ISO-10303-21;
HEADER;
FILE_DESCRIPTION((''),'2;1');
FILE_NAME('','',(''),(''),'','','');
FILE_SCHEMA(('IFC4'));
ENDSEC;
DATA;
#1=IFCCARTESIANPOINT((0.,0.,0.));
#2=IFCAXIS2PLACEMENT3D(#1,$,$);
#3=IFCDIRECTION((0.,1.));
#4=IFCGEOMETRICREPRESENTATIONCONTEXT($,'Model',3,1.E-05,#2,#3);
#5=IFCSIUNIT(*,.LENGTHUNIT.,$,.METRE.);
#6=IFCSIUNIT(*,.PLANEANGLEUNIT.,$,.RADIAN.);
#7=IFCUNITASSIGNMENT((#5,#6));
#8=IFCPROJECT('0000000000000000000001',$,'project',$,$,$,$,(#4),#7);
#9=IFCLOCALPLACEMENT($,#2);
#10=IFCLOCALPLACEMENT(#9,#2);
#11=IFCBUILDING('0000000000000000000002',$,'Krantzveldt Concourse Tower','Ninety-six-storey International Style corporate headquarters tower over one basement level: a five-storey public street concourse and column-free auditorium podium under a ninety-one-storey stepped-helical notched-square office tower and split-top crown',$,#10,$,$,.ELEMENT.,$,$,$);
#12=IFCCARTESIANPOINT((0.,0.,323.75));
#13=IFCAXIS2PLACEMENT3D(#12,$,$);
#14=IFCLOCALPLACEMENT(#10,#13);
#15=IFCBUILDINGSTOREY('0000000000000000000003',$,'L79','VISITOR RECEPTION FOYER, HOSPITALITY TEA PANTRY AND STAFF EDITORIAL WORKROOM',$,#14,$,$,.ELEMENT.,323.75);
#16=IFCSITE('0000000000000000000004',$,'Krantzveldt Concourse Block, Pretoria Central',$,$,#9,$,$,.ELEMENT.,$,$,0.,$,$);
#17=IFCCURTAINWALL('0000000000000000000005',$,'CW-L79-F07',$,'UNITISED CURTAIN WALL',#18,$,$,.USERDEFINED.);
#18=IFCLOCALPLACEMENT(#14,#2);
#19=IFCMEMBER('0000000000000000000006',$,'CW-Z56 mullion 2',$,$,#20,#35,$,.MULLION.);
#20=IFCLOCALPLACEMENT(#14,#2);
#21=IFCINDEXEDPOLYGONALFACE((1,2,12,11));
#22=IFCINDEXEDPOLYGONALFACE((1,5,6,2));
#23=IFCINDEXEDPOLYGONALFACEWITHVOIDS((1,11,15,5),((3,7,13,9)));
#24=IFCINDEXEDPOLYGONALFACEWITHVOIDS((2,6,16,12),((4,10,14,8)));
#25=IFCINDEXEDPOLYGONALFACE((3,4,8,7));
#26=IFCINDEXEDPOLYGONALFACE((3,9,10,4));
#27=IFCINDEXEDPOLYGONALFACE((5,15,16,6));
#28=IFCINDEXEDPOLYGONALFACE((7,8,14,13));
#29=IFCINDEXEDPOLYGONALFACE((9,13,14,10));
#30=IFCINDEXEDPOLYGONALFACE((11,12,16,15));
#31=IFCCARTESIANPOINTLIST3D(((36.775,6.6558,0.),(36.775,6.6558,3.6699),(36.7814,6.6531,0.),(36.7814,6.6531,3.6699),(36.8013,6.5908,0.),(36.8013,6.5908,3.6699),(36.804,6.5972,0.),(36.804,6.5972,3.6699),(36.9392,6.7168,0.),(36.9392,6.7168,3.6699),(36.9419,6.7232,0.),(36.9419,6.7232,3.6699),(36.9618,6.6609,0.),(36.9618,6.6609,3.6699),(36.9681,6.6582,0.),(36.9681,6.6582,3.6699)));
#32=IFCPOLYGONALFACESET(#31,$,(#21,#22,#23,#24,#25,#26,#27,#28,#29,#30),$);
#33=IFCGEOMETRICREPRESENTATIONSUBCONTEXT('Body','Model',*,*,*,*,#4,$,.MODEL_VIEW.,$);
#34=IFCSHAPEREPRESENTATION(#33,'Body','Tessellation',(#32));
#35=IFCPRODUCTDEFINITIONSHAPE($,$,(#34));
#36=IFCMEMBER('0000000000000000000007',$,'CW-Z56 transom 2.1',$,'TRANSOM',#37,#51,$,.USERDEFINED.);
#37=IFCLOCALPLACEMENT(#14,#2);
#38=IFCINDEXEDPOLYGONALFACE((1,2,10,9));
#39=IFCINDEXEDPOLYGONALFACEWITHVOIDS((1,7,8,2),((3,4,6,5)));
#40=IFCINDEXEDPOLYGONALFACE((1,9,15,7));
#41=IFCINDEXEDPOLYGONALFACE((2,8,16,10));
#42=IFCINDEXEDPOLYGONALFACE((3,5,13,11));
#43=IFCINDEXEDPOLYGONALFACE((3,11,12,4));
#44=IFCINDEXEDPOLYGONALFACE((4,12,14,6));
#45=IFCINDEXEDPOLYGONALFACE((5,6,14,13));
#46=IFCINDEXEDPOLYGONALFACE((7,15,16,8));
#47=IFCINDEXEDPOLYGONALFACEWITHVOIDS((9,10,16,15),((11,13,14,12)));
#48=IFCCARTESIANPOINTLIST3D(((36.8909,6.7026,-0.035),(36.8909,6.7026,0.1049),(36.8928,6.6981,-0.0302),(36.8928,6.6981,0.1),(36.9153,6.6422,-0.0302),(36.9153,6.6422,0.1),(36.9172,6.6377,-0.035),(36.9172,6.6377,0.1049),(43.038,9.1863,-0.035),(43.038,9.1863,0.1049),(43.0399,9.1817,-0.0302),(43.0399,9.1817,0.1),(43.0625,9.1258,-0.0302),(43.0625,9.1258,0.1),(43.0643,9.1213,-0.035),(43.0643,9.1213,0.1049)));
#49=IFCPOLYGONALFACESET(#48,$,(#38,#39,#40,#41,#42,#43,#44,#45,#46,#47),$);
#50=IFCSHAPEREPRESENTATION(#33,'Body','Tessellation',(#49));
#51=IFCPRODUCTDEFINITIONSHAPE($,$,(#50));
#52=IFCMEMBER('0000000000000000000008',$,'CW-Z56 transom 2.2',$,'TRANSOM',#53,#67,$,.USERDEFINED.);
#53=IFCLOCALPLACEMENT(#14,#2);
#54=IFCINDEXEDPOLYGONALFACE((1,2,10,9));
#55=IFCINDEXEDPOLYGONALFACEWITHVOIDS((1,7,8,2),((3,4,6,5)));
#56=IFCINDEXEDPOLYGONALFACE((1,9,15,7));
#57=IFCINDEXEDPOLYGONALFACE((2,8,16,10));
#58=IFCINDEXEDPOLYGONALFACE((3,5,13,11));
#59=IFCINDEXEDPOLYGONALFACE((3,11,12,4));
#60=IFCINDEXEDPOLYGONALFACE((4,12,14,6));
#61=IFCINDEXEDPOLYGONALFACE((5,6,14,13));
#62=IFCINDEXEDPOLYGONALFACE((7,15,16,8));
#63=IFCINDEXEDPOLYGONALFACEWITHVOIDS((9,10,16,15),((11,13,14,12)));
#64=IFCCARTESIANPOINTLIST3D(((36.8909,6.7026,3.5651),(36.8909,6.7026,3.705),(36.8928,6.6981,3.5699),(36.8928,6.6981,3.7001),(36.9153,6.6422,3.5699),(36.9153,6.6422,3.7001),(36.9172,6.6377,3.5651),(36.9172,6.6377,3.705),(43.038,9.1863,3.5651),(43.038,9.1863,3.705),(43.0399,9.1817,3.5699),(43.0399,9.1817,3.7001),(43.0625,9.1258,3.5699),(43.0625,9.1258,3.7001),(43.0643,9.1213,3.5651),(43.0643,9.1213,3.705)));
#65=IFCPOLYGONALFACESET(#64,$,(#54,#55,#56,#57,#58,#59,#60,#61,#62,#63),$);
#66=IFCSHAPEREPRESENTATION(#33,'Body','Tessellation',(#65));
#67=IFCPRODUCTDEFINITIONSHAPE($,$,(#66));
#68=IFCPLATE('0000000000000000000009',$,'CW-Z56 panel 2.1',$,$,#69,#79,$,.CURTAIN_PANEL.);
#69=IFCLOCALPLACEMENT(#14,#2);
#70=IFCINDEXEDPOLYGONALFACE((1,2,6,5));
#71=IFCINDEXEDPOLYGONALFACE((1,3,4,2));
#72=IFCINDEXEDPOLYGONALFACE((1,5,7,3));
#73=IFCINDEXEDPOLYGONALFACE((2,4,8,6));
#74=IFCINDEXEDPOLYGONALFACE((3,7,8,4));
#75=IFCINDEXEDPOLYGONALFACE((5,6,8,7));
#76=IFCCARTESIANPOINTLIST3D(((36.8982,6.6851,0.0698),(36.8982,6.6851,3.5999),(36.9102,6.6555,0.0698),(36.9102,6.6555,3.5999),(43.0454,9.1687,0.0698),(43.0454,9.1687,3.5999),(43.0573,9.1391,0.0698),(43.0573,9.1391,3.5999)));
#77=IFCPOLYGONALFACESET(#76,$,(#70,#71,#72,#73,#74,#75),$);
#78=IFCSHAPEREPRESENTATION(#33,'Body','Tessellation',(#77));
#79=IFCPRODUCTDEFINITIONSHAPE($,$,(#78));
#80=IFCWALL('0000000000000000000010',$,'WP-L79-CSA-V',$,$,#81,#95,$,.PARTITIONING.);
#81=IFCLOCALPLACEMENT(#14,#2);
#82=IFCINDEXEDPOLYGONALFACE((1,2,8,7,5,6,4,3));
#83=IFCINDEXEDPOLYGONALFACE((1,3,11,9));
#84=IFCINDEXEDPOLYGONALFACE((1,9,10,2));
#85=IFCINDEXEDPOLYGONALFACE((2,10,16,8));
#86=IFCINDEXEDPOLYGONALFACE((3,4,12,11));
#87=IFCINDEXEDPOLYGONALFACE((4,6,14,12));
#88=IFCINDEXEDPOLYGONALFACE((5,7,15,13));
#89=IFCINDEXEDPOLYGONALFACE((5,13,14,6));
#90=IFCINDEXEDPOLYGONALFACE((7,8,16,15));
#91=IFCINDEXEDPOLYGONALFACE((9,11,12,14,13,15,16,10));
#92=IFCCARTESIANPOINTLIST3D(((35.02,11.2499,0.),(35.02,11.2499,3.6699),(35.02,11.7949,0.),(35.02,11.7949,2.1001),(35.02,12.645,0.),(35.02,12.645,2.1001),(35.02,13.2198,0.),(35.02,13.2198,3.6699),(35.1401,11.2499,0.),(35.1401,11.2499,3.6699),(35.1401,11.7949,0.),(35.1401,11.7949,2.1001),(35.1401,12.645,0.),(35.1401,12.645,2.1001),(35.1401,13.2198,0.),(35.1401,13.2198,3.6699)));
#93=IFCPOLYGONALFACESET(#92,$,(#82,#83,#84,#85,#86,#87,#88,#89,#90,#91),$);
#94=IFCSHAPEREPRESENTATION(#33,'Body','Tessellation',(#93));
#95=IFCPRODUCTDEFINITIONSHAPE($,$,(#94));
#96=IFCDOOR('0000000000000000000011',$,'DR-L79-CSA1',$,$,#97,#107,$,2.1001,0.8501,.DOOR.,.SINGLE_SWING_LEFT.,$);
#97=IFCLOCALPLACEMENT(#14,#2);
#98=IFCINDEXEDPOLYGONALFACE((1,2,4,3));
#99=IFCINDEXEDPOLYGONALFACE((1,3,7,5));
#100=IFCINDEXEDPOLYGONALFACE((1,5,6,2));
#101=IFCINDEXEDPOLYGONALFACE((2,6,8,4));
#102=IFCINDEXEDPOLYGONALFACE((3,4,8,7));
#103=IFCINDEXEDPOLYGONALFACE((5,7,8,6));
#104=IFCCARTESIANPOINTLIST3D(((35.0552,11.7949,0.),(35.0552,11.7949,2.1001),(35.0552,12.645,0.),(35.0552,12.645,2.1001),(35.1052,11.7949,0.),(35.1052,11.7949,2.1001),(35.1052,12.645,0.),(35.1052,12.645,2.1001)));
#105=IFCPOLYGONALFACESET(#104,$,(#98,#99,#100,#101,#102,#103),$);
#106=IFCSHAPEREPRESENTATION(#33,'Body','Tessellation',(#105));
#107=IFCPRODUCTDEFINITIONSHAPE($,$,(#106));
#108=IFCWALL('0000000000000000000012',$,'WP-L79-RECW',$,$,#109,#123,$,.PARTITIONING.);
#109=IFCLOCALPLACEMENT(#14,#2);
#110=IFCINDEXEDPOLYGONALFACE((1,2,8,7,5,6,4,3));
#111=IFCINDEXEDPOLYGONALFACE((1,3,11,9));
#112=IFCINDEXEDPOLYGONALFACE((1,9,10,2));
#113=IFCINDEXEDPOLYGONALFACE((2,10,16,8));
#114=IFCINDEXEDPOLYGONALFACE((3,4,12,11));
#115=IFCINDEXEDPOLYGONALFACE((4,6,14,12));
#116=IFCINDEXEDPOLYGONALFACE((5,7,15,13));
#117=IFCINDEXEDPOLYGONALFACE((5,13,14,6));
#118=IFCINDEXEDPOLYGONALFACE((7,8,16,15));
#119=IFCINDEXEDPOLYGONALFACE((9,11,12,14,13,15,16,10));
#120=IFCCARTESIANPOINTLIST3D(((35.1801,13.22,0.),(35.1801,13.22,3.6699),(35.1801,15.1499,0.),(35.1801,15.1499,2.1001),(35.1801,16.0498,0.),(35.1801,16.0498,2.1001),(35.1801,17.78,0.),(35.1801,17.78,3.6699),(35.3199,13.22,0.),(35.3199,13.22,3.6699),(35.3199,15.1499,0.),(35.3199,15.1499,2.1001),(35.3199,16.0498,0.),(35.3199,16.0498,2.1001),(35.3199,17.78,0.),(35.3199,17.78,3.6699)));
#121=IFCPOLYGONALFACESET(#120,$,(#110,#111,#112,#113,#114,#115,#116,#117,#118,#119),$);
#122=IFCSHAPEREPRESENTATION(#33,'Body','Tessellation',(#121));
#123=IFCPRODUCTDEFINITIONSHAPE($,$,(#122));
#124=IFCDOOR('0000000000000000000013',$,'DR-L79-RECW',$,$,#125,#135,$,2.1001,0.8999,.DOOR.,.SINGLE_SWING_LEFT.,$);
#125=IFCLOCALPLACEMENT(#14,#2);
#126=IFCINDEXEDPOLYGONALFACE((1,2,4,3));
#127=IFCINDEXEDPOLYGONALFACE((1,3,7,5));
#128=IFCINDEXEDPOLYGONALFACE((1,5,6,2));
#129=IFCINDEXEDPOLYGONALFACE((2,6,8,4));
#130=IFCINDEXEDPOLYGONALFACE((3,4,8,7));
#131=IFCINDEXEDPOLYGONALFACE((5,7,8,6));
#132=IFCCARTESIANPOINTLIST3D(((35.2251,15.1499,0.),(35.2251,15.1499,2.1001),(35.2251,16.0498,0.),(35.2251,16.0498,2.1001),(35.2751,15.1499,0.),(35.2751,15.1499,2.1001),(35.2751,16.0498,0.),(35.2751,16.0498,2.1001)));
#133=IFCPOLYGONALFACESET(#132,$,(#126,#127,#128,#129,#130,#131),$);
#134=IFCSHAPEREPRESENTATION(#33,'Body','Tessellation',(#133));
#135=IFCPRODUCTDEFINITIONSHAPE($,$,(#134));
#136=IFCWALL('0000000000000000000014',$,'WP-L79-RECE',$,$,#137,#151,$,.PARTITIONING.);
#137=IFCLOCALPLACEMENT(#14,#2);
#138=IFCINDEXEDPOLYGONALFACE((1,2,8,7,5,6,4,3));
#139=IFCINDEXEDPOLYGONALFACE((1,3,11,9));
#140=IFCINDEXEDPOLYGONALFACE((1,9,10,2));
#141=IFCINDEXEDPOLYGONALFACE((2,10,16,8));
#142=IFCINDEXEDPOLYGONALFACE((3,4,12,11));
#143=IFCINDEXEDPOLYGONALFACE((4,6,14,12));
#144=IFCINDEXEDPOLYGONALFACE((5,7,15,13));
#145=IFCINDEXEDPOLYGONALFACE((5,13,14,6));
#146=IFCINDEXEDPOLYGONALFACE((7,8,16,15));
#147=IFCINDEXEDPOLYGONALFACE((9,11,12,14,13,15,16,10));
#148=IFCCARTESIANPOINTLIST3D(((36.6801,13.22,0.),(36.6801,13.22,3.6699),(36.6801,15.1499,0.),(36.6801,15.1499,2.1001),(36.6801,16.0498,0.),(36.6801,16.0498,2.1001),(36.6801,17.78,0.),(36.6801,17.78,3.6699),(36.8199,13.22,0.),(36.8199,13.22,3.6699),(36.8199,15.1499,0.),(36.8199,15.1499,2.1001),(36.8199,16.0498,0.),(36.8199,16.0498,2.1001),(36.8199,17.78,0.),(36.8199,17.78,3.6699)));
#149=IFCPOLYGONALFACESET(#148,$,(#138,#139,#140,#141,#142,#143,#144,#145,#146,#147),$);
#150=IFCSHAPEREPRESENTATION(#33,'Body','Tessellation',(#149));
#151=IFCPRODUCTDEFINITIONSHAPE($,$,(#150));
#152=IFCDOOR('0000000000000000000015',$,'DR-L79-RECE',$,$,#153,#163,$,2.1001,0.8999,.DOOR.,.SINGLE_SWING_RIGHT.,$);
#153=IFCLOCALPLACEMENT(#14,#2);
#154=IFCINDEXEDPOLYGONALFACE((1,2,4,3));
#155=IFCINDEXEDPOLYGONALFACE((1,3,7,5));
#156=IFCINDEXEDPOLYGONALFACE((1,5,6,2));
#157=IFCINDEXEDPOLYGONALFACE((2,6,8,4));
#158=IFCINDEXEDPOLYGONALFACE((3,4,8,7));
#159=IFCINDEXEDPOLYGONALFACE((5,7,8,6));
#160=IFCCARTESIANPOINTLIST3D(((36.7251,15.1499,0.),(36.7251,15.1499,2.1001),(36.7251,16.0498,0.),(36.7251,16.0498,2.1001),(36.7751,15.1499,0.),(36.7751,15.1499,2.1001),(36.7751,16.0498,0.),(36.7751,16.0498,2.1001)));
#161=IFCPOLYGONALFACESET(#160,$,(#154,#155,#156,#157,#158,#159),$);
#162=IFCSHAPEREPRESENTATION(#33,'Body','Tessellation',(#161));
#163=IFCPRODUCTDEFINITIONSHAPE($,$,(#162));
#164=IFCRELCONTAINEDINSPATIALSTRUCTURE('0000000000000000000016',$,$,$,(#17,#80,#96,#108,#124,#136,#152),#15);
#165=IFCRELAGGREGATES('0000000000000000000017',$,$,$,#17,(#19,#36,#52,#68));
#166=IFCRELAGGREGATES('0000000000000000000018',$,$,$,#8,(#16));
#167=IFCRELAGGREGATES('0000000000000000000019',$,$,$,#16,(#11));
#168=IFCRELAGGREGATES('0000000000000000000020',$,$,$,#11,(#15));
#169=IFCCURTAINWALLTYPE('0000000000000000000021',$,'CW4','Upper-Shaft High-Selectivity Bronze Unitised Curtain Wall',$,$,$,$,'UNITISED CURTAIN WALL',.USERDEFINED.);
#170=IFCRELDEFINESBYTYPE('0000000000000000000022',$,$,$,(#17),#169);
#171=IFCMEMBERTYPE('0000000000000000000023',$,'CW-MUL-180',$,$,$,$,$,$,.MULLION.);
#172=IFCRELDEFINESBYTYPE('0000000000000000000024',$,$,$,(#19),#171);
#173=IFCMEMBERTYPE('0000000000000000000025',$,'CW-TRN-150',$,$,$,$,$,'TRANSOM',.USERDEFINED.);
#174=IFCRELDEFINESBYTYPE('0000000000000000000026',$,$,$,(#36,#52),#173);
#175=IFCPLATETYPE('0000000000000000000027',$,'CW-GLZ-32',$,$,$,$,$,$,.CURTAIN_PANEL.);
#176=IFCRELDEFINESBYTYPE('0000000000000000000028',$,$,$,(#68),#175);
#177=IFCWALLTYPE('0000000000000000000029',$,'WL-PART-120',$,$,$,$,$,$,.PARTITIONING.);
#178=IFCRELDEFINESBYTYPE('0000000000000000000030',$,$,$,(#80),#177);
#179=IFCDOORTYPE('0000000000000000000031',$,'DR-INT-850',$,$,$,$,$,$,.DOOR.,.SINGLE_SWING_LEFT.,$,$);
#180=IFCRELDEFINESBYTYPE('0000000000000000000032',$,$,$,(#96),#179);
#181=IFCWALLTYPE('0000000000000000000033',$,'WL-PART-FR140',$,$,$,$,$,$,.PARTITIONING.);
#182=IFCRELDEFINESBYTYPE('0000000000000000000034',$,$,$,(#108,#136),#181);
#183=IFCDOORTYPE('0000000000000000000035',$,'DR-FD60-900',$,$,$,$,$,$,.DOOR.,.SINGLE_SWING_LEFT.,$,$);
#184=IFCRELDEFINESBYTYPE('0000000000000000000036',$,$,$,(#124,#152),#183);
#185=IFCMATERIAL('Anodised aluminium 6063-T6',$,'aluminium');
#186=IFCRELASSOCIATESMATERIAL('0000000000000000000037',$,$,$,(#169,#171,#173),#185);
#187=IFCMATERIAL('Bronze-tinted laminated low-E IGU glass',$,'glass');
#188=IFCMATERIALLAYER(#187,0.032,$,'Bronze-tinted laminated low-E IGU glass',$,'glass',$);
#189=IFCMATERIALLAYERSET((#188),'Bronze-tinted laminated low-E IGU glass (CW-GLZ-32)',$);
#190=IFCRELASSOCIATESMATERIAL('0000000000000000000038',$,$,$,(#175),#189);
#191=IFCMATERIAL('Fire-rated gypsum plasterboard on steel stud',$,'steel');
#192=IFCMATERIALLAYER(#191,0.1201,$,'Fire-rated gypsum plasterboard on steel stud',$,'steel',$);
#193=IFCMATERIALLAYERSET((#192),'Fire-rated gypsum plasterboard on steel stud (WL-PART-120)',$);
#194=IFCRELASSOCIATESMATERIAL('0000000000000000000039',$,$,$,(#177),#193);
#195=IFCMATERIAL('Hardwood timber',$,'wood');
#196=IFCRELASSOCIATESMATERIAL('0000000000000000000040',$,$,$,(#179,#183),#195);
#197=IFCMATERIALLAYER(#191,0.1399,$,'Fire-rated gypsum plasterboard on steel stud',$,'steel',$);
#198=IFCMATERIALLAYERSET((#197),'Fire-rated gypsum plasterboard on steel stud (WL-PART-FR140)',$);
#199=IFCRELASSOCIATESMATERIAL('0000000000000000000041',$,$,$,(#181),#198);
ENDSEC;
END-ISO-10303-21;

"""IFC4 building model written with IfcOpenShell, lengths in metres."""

from ifc_helpers import new_model, si_unit, direction, frame, frame_2d, origin, origin_2d, place, context, subcontext, project, spatial, rectangle, hollow_rectangle, extrude, source, transform, mapped, material, layer, layer_set, material_profile, profile_set, type_object, type_shapes, element, fill, aggregate, save


model = new_model("IFC4")

# Units and contexts
model_context = context("Model", 3, precision=1e-05, world=origin(), true_north=direction((0.0, 1.0)))
body_context = subcontext(model_context, "Body", "Model", "MODEL_VIEW")
ifc_project = project(units=[si_unit("LENGTHUNIT", "METRE"), si_unit("PLANEANGLEUNIT", "RADIAN")], contexts=[model_context])

# Site, building, storey
site_placement = place(None, origin())
site = spatial("IfcSite", under=ifc_project, at=site_placement, Name="Krantzveldt Concourse Block, Pretoria Central", CompositionType="ELEMENT", RefElevation=0.0)
building_placement = place(site_placement, origin())
building = spatial("IfcBuilding", under=site, at=building_placement, Name="Krantzveldt Concourse Tower", Description="Ninety-six-storey International Style corporate headquarters tower over one basement level: a five-storey public street concourse and column-free auditorium podium under a ninety-one-storey stepped-helical notched-square office tower and split-top crown", CompositionType="ELEMENT")
storey_placement = place(building_placement, frame((0.0, 0.0, 323.75)))
storey = spatial("IfcBuildingStorey", under=building, at=storey_placement, Name="L79", Description="VISITOR RECEPTION FOYER, HOSPITALITY TEA PANTRY AND STAFF EDITORIAL WORKROOM", CompositionType="ELEMENT", Elevation=323.75)

# Curtain wall, members, plate
ifc_material_1 = material(Name="Anodised aluminium 6063-T6", Category="aluminium")
curtain_wall_type = type_object("IfcCurtainWallType", Name="CW4", Description="Upper-Shaft High-Selectivity Bronze Unitised Curtain Wall", ElementType="UNITISED CURTAIN WALL", PredefinedType="USERDEFINED", material=ifc_material_1)
curtain_wall_placement = place(storey_placement, origin())
curtain_wall = element("IfcCurtainWall", 1, at=curtain_wall_placement, inside=storey, type_object=curtain_wall_type, Name="CW-L79-F07", ObjectType="UNITISED CURTAIN WALL", PredefinedType="USERDEFINED")
ifc_material_profile_1 = material_profile(ifc_material_1, hollow_rectangle(XDim=0.0701, YDim=0.1799, WallThickness=0.0049, at=origin_2d()), Name="Anodised aluminium 6063-T6", Category="aluminium")
ifc_profile_set_1 = profile_set([ifc_material_profile_1], Name="Anodised aluminium 6063-T6 - ALU-MULL 180x70x5")
member_type_1 = type_object("IfcMemberType", Name="CW-MUL-180", PredefinedType="MULLION", material=ifc_profile_set_1)
shared_shape_1 = source(origin(), body_context, "Body", "SweptSolid", [
    extrude(hollow_rectangle(XDim=0.0701, YDim=0.1799, WallThickness=0.0049, at=origin_2d()), origin(), (0.0, 0.0, 1.0), 3.6699),
])
type_shapes(member_type_1, [shared_shape_1])
member_1_placement = place(storey_placement, frame((36.8716, 6.657, 0.0), z_axis=(0.0, 0.0, 1.0), x_axis=(-0.374607, 0.927184, 0.0)))
member_1 = element("IfcMember", 2, at=member_1_placement, type_object=member_type_1, Name="CW-Z56 mullion 2", PredefinedType="MULLION", context=body_context, shape_type="MappedRepresentation", body=[
    mapped(shared_shape_1, transform((0.0, 0.0, 0.0), x_axis=(1.0, 0.0, 0.0), y_axis=(0.0, 1.0, 0.0), z_axis=(0.0, 0.0, 1.0), scale=1.0)),
])
ifc_material_profile_2 = material_profile(ifc_material_1, hollow_rectangle(XDim=0.0701, YDim=0.1399, WallThickness=0.0049, at=origin_2d()), Name="Anodised aluminium 6063-T6", Category="aluminium")
ifc_profile_set_2 = profile_set([ifc_material_profile_2], Name="Anodised aluminium 6063-T6 - ALU-TRAN 140x70x5")
member_type_2 = type_object("IfcMemberType", Name="CW-TRN-150", ElementType="TRANSOM", PredefinedType="USERDEFINED", material=ifc_profile_set_2)
shared_shape_2 = source(origin(), body_context, "Body", "SweptSolid", [
    extrude(hollow_rectangle(XDim=0.0701, YDim=0.1399, WallThickness=0.0049, at=origin_2d()), origin(), (0.0, 0.0, 1.0), 6.6299),
])
type_shapes(member_type_2, [shared_shape_2])
member_2_placement = place(storey_placement, frame((36.9041, 6.6702, 0.0349), z_axis=(0.927184, 0.374607, 0.0), x_axis=(-0.374607, 0.927184, 0.0)))
member_2 = element("IfcMember", 3, at=member_2_placement, type_object=member_type_2, Name="CW-Z56 transom 2.1", ObjectType="TRANSOM", PredefinedType="USERDEFINED", context=body_context, shape_type="MappedRepresentation", body=[
    mapped(shared_shape_2, transform((0.0, 0.0, 0.0), x_axis=(1.0, 0.0, 0.0), y_axis=(0.0, 1.0, 0.0), z_axis=(0.0, 0.0, 1.0), scale=1.0)),
])
member_3_placement = place(storey_placement, frame((36.9041, 6.6702, 3.635), z_axis=(0.927184, 0.374607, 0.0), x_axis=(-0.374607, 0.927184, 0.0)))
member_3 = element("IfcMember", 4, at=member_3_placement, type_object=member_type_2, Name="CW-Z56 transom 2.2", ObjectType="TRANSOM", PredefinedType="USERDEFINED", context=body_context, shape_type="MappedRepresentation", body=[
    mapped(shared_shape_2, transform((0.0, 0.0, 0.0), x_axis=(1.0, 0.0, 0.0), y_axis=(0.0, 1.0, 0.0), z_axis=(0.0, 0.0, 1.0), scale=1.0)),
])
ifc_material_2 = material(Name="Bronze-tinted laminated low-E IGU glass", Category="glass")
ifc_layer_1 = layer(ifc_material_2, 0.032, Name="Bronze-tinted laminated low-E IGU glass", Category="glass")
ifc_layer_set_1 = layer_set([ifc_layer_1], Name="Bronze-tinted laminated low-E IGU glass (CW-GLZ-32)")
plate_type = type_object("IfcPlateType", Name="CW-GLZ-32", PredefinedType="CURTAIN_PANEL", material=ifc_layer_set_1)
shared_shape_3 = source(origin(), body_context, "Body", "SweptSolid", [
    extrude(rectangle(XDim=6.6299, YDim=0.032, at=origin_2d()), origin(), (0.0, 0.0, 1.0), 3.53),
])
type_shapes(plate_type, [shared_shape_3])
plate_placement = place(storey_placement, frame((39.9778, 7.9121, 0.0698), z_axis=(0.0, 0.0, 1.0), x_axis=(0.927184, 0.374607, 0.0)))
plate = element("IfcPlate", 5, at=plate_placement, type_object=plate_type, Name="CW-Z56 panel 2.1", PredefinedType="CURTAIN_PANEL", context=body_context, shape_type="MappedRepresentation", body=[
    mapped(shared_shape_3, transform((0.0, 0.0, 0.0), x_axis=(1.0, 0.0, 0.0), y_axis=(0.0, 1.0, 0.0), z_axis=(0.0, 0.0, 1.0), scale=1.0)),
])
aggregate(curtain_wall, [member_1, member_2, member_3, plate])

# Wall, opening, door
ifc_material_3 = material(Name="Fire-rated gypsum plasterboard on steel stud", Category="steel")
ifc_layer_2 = layer(ifc_material_3, 0.1201, Name="Fire-rated gypsum plasterboard on steel stud", Category="steel")
ifc_layer_set_2 = layer_set([ifc_layer_2], Name="Fire-rated gypsum plasterboard on steel stud (WL-PART-120)")
wall_type_1 = type_object("IfcWallType", Name="WL-PART-120", PredefinedType="PARTITIONING", material=ifc_layer_set_2)
wall_1_placement = place(storey_placement, frame((35.0801, 11.25, 0.0), z_axis=(0.0, 0.0, 1.0), x_axis=(0.0, 1.0, 0.0)))
wall_1 = element("IfcWall", 6, at=wall_1_placement, inside=storey, type_object=wall_type_1, Name="WP-L79-CSA-V", PredefinedType="PARTITIONING", context=body_context, shape_type="SweptSolid", body=[
    extrude(rectangle(XDim=1.97, YDim=0.1201, at=frame_2d((0.9849, 0.0))), origin(), (0.0, 0.0, 1.0), 3.6699),
])
opening_1_placement = place(wall_1_placement, frame((0.5449, 0.0, 0.0)))
opening_1 = element("IfcOpeningElement", 7, at=opening_1_placement, cuts=wall_1, PredefinedType="OPENING", context=body_context, shape_type="SweptSolid", body=[
    extrude(rectangle(XDim=0.8501, YDim=2.1001, at=frame_2d((0.425, 1.05))), frame((0.0, 0.0701, 0.0), z_axis=(0.0, -1.0, 0.0), x_axis=(1.0, 0.0, 0.0)), (0.0, 0.0, 1.0), 0.1401),
])
ifc_material_4 = material(Name="Hardwood timber", Category="wood")
door_type_1 = type_object("IfcDoorType", Name="DR-INT-850", OperationType="SINGLE_SWING_LEFT", PredefinedType="DOOR", material=ifc_material_4)
door_1_placement = place(opening_1_placement, origin())
door_1 = element("IfcDoor", 8, at=door_1_placement, inside=storey, type_object=door_type_1, Name="DR-L79-CSA1", OperationType="SINGLE_SWING_LEFT", OverallHeight=2.1001, OverallWidth=0.8501, PredefinedType="DOOR", context=body_context, shape_type="SweptSolid", body=[
    extrude(rectangle(XDim=0.8501, YDim=2.1001, at=frame_2d((0.425, 1.05))), frame((0.0, 0.0249, 0.0), z_axis=(0.0, -1.0, 0.0), x_axis=(1.0, 0.0, 0.0)), (0.0, 0.0, 1.0), 0.05),
])
fill(opening_1, door_1)

# Walls, openings, doors
ifc_layer_3 = layer(ifc_material_3, 0.1399, Name="Fire-rated gypsum plasterboard on steel stud", Category="steel")
ifc_layer_set_3 = layer_set([ifc_layer_3], Name="Fire-rated gypsum plasterboard on steel stud (WL-PART-FR140)")
wall_type_2 = type_object("IfcWallType", Name="WL-PART-FR140", PredefinedType="PARTITIONING", material=ifc_layer_set_3)
wall_2_placement = place(storey_placement, frame((35.25, 13.22, 0.0), z_axis=(0.0, 0.0, 1.0), x_axis=(0.0, 1.0, 0.0)))
wall_2 = element("IfcWall", 9, at=wall_2_placement, inside=storey, type_object=wall_type_2, Name="WP-L79-RECW", PredefinedType="PARTITIONING", context=body_context, shape_type="SweptSolid", body=[
    extrude(rectangle(XDim=4.5601, YDim=0.1399, at=frame_2d((2.28, 0.0))), origin(), (0.0, 0.0, 1.0), 3.6699),
])
opening_2_placement = place(wall_2_placement, frame((1.9299, 0.0, 0.0)))
opening_2 = element("IfcOpeningElement", 10, at=opening_2_placement, cuts=wall_2, PredefinedType="OPENING", context=body_context, shape_type="SweptSolid", body=[
    extrude(rectangle(XDim=0.8999, YDim=2.1001, at=frame_2d((0.45, 1.05))), frame((0.0, 0.0801, 0.0), z_axis=(0.0, -1.0, 0.0), x_axis=(1.0, 0.0, 0.0)), (0.0, 0.0, 1.0), 0.1599),
])
door_type_2 = type_object("IfcDoorType", Name="DR-FD60-900", OperationType="SINGLE_SWING_LEFT", PredefinedType="DOOR", material=ifc_material_4)
door_2_placement = place(opening_2_placement, origin())
door_2 = element("IfcDoor", 11, at=door_2_placement, inside=storey, type_object=door_type_2, Name="DR-L79-RECW", OperationType="SINGLE_SWING_LEFT", OverallHeight=2.1001, OverallWidth=0.8999, PredefinedType="DOOR", context=body_context, shape_type="SweptSolid", body=[
    extrude(rectangle(XDim=0.8999, YDim=2.1001, at=frame_2d((0.45, 1.05))), frame((0.0, 0.0249, 0.0), z_axis=(0.0, -1.0, 0.0), x_axis=(1.0, 0.0, 0.0)), (0.0, 0.0, 1.0), 0.05),
])
fill(opening_2, door_2)
wall_3_placement = place(storey_placement, frame((36.75, 13.22, 0.0), z_axis=(0.0, 0.0, 1.0), x_axis=(0.0, 1.0, 0.0)))
wall_3 = element("IfcWall", 12, at=wall_3_placement, inside=storey, type_object=wall_type_2, Name="WP-L79-RECE", PredefinedType="PARTITIONING", context=body_context, shape_type="SweptSolid", body=[
    extrude(rectangle(XDim=4.5601, YDim=0.1399, at=frame_2d((2.28, 0.0))), origin(), (0.0, 0.0, 1.0), 3.6699),
])
opening_3_placement = place(wall_3_placement, frame((1.9299, 0.0, 0.0)))
opening_3 = element("IfcOpeningElement", 13, at=opening_3_placement, cuts=wall_3, PredefinedType="OPENING", context=body_context, shape_type="SweptSolid", body=[
    extrude(rectangle(XDim=0.8999, YDim=2.1001, at=frame_2d((0.45, 1.05))), frame((0.0, 0.0801, 0.0), z_axis=(0.0, -1.0, 0.0), x_axis=(1.0, 0.0, 0.0)), (0.0, 0.0, 1.0), 0.1599),
])
door_3_placement = place(opening_3_placement, origin())
door_3 = element("IfcDoor", 14, at=door_3_placement, inside=storey, type_object=door_type_2, Name="DR-L79-RECE", OperationType="SINGLE_SWING_RIGHT", OverallHeight=2.1001, OverallWidth=0.8999, PredefinedType="DOOR", context=body_context, shape_type="SweptSolid", body=[
    extrude(rectangle(XDim=0.8999, YDim=2.1001, at=frame_2d((0.45, 1.05))), frame((0.0, 0.0249, 0.0), z_axis=(0.0, -1.0, 0.0), x_axis=(1.0, 0.0, 0.0)), (0.0, 0.0, 1.0), 0.05),
])
fill(opening_3, door_3)

save(model, "model.ifc")
